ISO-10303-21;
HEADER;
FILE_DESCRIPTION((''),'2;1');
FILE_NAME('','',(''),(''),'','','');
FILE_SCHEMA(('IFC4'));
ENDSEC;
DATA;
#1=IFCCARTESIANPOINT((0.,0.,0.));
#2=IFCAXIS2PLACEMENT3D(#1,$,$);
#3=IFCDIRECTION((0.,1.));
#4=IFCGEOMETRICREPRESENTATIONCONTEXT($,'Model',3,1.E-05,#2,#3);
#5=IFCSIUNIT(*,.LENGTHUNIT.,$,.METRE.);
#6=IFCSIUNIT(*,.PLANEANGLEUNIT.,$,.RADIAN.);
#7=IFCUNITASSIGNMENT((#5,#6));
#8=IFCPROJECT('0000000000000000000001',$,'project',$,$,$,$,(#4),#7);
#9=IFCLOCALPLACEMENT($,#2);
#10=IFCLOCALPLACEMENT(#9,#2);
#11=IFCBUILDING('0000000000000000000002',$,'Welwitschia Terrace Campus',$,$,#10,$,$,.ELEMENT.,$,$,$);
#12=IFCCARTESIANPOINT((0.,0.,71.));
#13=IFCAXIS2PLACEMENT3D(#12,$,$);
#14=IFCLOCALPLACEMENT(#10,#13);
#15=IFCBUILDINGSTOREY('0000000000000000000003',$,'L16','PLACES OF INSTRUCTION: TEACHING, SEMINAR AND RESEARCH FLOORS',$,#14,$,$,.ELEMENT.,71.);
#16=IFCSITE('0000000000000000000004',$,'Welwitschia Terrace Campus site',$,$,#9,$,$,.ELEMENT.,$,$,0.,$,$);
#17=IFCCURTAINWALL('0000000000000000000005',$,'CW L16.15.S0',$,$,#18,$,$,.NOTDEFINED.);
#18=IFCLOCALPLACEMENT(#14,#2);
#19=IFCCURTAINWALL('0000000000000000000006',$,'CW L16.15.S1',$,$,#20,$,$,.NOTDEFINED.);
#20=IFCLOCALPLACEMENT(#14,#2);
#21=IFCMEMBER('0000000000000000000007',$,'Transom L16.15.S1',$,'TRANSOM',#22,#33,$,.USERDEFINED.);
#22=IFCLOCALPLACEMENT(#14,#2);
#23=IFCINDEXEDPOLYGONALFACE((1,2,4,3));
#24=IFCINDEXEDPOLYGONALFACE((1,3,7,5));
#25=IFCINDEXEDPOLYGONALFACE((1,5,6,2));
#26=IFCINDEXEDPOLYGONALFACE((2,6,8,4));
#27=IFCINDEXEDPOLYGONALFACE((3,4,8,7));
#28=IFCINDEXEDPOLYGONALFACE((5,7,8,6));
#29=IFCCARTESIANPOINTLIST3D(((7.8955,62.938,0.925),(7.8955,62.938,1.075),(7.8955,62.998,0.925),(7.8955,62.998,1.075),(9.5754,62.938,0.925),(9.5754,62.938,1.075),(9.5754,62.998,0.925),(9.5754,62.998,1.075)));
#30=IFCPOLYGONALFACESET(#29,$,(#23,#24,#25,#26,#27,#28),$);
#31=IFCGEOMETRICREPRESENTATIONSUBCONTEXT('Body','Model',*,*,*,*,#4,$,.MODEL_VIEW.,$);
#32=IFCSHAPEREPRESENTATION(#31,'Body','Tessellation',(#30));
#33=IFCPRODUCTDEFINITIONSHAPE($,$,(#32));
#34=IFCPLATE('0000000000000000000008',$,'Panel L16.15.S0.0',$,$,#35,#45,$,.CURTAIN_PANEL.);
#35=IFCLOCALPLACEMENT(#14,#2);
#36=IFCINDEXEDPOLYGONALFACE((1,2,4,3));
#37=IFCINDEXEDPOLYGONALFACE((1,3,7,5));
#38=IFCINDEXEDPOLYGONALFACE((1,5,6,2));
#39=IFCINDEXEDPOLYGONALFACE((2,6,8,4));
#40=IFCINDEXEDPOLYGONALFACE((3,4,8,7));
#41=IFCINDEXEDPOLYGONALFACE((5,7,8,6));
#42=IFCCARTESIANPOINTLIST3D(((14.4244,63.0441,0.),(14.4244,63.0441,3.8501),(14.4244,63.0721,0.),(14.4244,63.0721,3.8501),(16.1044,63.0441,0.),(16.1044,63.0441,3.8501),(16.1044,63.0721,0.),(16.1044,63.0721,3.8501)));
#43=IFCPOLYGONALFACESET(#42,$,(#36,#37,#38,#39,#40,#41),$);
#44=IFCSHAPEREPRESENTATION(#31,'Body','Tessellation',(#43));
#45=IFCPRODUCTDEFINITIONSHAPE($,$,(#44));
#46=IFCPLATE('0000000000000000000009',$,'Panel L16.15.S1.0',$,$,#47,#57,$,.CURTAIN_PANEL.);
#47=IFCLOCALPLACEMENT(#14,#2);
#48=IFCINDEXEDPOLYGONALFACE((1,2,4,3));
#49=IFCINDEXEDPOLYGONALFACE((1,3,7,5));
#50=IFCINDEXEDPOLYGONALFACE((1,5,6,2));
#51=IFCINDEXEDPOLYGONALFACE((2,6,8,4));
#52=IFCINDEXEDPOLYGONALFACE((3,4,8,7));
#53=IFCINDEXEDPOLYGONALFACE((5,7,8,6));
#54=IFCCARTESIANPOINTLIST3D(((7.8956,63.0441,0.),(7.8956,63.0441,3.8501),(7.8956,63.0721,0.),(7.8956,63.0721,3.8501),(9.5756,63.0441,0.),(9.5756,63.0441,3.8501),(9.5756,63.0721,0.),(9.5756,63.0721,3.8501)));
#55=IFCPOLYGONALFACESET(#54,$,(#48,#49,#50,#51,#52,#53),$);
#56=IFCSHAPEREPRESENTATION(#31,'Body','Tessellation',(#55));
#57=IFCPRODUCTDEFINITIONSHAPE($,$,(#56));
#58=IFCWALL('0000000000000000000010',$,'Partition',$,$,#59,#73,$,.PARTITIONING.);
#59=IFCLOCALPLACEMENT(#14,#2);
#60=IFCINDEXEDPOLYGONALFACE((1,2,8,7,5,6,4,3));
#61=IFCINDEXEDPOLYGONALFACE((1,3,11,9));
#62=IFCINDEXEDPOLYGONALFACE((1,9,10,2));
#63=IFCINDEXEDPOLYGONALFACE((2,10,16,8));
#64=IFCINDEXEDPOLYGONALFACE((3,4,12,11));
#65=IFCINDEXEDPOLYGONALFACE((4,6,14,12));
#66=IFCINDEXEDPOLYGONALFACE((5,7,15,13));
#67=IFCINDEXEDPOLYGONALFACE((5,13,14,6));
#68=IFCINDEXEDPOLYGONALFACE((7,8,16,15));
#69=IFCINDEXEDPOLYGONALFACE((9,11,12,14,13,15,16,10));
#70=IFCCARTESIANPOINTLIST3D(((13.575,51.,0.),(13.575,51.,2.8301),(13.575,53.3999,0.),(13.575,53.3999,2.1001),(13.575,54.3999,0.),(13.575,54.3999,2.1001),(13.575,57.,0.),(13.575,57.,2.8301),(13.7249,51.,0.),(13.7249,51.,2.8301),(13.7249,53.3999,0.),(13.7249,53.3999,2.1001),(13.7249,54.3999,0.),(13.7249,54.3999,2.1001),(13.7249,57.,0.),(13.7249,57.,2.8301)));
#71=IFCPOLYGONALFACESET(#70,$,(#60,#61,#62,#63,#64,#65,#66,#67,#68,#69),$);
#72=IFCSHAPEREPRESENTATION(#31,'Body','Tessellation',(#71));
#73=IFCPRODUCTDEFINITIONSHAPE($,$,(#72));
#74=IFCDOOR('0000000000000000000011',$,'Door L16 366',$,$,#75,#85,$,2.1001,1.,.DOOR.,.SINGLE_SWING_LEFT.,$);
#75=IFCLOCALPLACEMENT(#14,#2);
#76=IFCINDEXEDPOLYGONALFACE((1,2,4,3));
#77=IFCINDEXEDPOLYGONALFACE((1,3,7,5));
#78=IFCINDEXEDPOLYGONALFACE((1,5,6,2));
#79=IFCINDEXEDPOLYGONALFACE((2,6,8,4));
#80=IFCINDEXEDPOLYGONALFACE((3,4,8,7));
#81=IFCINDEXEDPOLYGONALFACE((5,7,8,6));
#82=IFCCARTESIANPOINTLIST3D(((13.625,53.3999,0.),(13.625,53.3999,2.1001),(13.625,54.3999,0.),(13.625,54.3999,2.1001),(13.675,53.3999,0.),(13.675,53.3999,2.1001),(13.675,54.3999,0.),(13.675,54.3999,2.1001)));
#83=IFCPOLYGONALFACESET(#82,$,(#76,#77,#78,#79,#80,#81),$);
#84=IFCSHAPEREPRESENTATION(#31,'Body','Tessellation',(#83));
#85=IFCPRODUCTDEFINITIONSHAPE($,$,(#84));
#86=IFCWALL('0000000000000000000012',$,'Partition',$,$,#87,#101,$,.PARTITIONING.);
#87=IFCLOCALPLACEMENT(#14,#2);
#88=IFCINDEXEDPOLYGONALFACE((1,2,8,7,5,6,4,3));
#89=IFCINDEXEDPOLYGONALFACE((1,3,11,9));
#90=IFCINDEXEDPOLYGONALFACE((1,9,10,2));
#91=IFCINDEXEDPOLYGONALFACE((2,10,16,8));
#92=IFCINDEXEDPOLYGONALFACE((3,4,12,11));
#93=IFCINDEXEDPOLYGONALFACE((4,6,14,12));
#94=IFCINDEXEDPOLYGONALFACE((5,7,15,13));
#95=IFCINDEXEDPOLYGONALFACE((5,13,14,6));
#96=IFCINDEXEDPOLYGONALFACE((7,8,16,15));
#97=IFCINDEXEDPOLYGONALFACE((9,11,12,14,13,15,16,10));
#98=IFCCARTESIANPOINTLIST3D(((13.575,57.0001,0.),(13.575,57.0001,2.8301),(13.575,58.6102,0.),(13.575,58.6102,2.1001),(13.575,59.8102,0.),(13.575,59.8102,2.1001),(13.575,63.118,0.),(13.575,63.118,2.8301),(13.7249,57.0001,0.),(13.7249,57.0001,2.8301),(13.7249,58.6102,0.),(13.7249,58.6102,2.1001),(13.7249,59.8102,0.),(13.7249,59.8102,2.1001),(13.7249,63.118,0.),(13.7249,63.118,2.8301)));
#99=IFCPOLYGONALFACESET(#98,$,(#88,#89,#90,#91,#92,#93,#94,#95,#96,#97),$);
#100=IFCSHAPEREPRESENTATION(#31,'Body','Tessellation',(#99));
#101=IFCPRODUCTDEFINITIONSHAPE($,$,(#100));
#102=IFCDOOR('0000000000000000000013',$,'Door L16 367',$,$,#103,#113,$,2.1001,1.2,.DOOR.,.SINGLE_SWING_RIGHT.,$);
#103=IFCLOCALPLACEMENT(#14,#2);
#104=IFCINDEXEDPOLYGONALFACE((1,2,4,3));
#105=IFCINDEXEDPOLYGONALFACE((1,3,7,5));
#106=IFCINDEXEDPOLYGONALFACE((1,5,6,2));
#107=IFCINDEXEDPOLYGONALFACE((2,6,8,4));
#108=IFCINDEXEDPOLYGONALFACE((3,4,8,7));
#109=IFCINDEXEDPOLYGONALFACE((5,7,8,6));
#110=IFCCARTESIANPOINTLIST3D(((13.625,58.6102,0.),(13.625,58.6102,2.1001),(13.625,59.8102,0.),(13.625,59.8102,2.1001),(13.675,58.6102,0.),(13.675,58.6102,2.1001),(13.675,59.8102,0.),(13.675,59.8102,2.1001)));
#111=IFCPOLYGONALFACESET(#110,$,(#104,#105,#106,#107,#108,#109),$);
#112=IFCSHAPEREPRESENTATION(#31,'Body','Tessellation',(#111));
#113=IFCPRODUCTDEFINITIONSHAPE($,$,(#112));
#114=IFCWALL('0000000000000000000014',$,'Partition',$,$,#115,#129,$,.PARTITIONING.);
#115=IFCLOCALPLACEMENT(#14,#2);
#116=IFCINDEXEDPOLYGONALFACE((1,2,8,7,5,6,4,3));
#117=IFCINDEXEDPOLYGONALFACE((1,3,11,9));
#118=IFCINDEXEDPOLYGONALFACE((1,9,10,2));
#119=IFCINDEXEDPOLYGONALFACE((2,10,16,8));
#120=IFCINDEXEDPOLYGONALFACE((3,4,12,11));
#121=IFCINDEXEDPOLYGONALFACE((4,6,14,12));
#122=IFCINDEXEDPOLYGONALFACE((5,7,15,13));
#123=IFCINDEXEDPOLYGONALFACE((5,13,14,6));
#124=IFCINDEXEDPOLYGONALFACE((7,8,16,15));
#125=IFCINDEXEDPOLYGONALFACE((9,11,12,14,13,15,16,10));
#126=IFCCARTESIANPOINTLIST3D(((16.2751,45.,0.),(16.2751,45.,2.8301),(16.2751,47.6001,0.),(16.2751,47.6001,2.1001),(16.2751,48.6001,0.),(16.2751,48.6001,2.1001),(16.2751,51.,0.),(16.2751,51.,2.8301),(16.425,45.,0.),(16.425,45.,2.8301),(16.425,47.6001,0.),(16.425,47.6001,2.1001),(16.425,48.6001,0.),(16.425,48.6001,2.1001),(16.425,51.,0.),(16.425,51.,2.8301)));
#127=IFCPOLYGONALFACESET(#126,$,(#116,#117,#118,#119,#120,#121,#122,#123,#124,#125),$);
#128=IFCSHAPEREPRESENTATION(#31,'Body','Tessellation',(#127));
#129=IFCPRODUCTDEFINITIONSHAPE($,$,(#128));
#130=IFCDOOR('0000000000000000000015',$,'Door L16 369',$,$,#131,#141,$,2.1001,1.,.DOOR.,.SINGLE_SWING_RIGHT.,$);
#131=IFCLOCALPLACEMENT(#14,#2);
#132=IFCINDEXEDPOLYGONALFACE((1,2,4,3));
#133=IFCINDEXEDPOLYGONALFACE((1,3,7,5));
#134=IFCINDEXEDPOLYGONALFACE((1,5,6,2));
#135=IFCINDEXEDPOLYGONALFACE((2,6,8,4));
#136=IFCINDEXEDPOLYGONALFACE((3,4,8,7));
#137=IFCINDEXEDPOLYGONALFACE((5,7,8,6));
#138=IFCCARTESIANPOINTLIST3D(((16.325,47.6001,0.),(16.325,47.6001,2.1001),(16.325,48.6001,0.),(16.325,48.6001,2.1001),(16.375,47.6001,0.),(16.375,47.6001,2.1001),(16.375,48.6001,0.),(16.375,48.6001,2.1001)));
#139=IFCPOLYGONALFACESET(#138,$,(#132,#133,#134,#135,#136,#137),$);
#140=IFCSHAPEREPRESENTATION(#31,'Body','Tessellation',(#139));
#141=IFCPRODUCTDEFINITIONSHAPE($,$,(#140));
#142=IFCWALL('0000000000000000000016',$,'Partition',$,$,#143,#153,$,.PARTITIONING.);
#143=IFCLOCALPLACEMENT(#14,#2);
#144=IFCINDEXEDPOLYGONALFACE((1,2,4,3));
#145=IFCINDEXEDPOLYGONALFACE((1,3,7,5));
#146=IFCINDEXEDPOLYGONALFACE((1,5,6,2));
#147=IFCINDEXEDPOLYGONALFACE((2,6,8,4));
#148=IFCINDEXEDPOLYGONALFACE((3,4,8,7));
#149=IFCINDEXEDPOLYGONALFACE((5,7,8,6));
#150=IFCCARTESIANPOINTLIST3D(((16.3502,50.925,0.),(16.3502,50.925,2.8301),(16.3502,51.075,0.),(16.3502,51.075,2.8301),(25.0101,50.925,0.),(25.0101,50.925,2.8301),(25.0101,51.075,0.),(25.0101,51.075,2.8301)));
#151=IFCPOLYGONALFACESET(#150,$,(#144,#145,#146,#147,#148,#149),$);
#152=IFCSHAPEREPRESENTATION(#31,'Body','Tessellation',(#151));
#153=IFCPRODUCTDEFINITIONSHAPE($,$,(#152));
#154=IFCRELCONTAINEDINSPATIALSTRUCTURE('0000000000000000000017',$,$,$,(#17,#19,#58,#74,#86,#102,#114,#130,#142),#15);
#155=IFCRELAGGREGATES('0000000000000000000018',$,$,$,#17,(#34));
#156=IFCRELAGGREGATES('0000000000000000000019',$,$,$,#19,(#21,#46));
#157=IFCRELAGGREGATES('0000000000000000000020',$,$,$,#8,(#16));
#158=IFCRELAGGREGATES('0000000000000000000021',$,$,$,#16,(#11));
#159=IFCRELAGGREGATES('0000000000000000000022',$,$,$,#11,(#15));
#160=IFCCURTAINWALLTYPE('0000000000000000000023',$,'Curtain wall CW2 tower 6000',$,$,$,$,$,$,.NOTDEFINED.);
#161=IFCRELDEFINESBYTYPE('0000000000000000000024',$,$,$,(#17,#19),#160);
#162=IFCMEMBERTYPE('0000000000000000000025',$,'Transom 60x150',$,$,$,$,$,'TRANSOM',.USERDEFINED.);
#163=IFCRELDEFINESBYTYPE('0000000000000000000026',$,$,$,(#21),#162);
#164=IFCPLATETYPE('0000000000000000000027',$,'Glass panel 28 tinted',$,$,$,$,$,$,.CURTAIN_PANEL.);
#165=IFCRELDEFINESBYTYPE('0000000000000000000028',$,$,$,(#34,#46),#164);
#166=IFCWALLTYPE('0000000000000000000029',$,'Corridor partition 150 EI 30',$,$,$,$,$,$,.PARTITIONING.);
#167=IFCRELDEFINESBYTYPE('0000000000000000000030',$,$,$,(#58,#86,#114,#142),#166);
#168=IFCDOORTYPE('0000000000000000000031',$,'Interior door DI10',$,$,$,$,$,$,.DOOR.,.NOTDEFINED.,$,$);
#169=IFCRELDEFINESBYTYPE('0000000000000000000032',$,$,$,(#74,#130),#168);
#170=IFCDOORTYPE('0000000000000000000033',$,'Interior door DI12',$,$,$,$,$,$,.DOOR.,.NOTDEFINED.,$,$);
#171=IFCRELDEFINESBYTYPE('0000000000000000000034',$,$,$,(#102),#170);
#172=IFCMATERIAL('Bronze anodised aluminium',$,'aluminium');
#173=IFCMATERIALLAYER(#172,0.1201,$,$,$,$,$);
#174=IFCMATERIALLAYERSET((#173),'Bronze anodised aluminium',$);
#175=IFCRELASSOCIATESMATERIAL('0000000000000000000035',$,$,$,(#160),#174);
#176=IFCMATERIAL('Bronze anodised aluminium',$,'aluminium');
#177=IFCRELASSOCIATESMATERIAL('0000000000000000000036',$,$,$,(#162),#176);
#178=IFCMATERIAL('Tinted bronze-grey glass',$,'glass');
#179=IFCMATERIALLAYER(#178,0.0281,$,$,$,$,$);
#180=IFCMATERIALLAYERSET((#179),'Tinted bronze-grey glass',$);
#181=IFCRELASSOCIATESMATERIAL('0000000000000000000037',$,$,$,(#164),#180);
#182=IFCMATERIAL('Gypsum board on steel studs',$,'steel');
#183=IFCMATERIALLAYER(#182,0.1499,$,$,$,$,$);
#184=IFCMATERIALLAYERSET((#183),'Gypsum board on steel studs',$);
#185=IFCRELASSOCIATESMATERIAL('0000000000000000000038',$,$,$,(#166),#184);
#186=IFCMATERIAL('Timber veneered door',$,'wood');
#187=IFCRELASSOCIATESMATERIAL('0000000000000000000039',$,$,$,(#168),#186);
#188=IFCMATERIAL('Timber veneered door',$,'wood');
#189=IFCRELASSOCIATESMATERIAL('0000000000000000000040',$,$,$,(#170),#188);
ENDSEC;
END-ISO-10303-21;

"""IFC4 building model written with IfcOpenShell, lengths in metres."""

from ifc_helpers import new_model, si_unit, direction, frame, frame_2d, origin, origin_2d, place, context, subcontext, project, spatial, rectangle, extrude, material, layer, layer_set, material_profile, profile_set, type_object, element, fill, aggregate, save


model = new_model("IFC4")

# Units and contexts
model_context = context("Model", 3, precision=1e-05, world=origin(), true_north=direction((0.0, 1.0)))
body_context = subcontext(model_context, "Body", "Model", "MODEL_VIEW")
ifc_project = project(units=[si_unit("LENGTHUNIT", "METRE"), si_unit("PLANEANGLEUNIT", "RADIAN")], contexts=[model_context])

# Site, building, storey
site_placement = place(None, origin())
site = spatial("IfcSite", under=ifc_project, at=site_placement, Name="Welwitschia Terrace Campus site", CompositionType="ELEMENT", RefElevation=0.0)
building_placement = place(site_placement, origin())
building = spatial("IfcBuilding", under=site, at=building_placement, Name="Welwitschia Terrace Campus", CompositionType="ELEMENT")
storey_placement = place(building_placement, frame((0.0, 0.0, 71.0)))
storey = spatial("IfcBuildingStorey", under=building, at=storey_placement, Name="L16", Description="PLACES OF INSTRUCTION: TEACHING, SEMINAR AND RESEARCH FLOORS", CompositionType="ELEMENT", Elevation=71.0)

# Curtain walls
ifc_material_1 = material(Name="Bronze anodised aluminium", Category="aluminium")
ifc_layer_1 = layer(ifc_material_1, 0.1201)
ifc_layer_set_1 = layer_set([ifc_layer_1], Name="Bronze anodised aluminium")
curtain_wall_type = type_object("IfcCurtainWallType", Name="Curtain wall CW2 tower 6000", PredefinedType="NOTDEFINED", material=ifc_layer_set_1)
curtain_wall_1_placement = place(storey_placement, origin())
curtain_wall_1 = element("IfcCurtainWall", 1, at=curtain_wall_1_placement, inside=storey, type_object=curtain_wall_type, Name="CW L16.15.S0", PredefinedType="NOTDEFINED")
curtain_wall_2_placement = place(storey_placement, origin())
curtain_wall_2 = element("IfcCurtainWall", 2, at=curtain_wall_2_placement, inside=storey, type_object=curtain_wall_type, Name="CW L16.15.S1", PredefinedType="NOTDEFINED")

# Member
ifc_material_2 = material(Name="Bronze anodised aluminium", Category="aluminium")
ifc_material_profile_1 = material_profile(ifc_material_2, rectangle(XDim=0.0601, YDim=0.1499, at=origin_2d()))
ifc_profile_set_1 = profile_set([ifc_material_profile_1], Name="Bronze anodised aluminium")
member_type_1 = type_object("IfcMemberType", Name="Transom 60x150", ElementType="TRANSOM", PredefinedType="USERDEFINED", material=ifc_profile_set_1)
member_1_placement = place(storey_placement, frame((9.5754, 62.968, 1.0), z_axis=(-1.0, 0.0, 0.0), x_axis=(0.0, -1.0, 0.0)))
member_1 = element("IfcMember", 3, at=member_1_placement, type_object=member_type_1, Name="Transom L16.15.S1", ObjectType="TRANSOM", PredefinedType="USERDEFINED", context=body_context, shape_type="SweptSolid", body=[
    extrude(rectangle(XDim=0.0601, YDim=0.1499, at=origin_2d()), origin(), (0.0, 0.0, 1.0), 1.6799),
])

# Plates
ifc_material_3 = material(Name="Tinted bronze-grey glass", Category="glass")
ifc_layer_2 = layer(ifc_material_3, 0.0281)
ifc_layer_set_2 = layer_set([ifc_layer_2], Name="Tinted bronze-grey glass")
plate_type = type_object("IfcPlateType", Name="Glass panel 28 tinted", PredefinedType="CURTAIN_PANEL", material=ifc_layer_set_2)
plate_1_placement = place(storey_placement, frame((15.2644, 63.0581, 0.0), z_axis=(0.0, 0.0, 1.0), x_axis=(-1.0, 0.0, 0.0)))
plate_1 = element("IfcPlate", 4, at=plate_1_placement, type_object=plate_type, Name="Panel L16.15.S0.0", PredefinedType="CURTAIN_PANEL", context=body_context, shape_type="SweptSolid", body=[
    extrude(rectangle(XDim=1.6799, YDim=0.0281, at=origin_2d()), origin(), (0.0, 0.0, 1.0), 3.8501),
])
aggregate(curtain_wall_1, [plate_1])
plate_2_placement = place(storey_placement, frame((8.7356, 63.0581, 0.0), z_axis=(0.0, 0.0, 1.0), x_axis=(-1.0, 0.0, 0.0)))
plate_2 = element("IfcPlate", 5, at=plate_2_placement, type_object=plate_type, Name="Panel L16.15.S1.0", PredefinedType="CURTAIN_PANEL", context=body_context, shape_type="SweptSolid", body=[
    extrude(rectangle(XDim=1.6799, YDim=0.0281, at=origin_2d()), origin(), (0.0, 0.0, 1.0), 3.8501),
])
aggregate(curtain_wall_2, [member_1, plate_2])

# Walls, openings, doors
ifc_material_4 = material(Name="Gypsum board on steel studs", Category="steel")
ifc_layer_3 = layer(ifc_material_4, 0.1499)
ifc_layer_set_3 = layer_set([ifc_layer_3], Name="Gypsum board on steel studs")
wall_type_1 = type_object("IfcWallType", Name="Corridor partition 150 EI 30", PredefinedType="PARTITIONING", material=ifc_layer_set_3)
wall_1_placement = place(storey_placement, frame((13.6499, 51.0, 0.0), z_axis=(0.0, 0.0, 1.0), x_axis=(0.0, 1.0, 0.0)))
wall_1 = element("IfcWall", 6, at=wall_1_placement, inside=storey, type_object=wall_type_1, Name="Partition", PredefinedType="PARTITIONING", context=body_context, shape_type="SweptSolid", body=[
    extrude(rectangle(XDim=6.0, YDim=0.1499, at=frame_2d((3.0, 0.0))), origin(), (0.0, 0.0, 1.0), 2.8301),
])
opening_1_placement = place(wall_1_placement, frame((2.3999, 0.0, 0.0)))
opening_1 = element("IfcOpeningElement", 7, at=opening_1_placement, cuts=wall_1, PredefinedType="OPENING", context=body_context, shape_type="SweptSolid", body=[
    extrude(rectangle(XDim=1.0, YDim=2.1001, at=frame_2d((0.5, 1.05))), frame((0.0, 0.085, 0.0), z_axis=(0.0, -1.0, 0.0), x_axis=(1.0, 0.0, 0.0)), (0.0, 0.0, 1.0), 0.1699),
])
ifc_material_5 = material(Name="Timber veneered door", Category="wood")
door_type_1 = type_object("IfcDoorType", Name="Interior door DI10", OperationType="NOTDEFINED", PredefinedType="DOOR", material=ifc_material_5)
door_1_placement = place(opening_1_placement, origin())
door_1 = element("IfcDoor", 8, at=door_1_placement, inside=storey, type_object=door_type_1, Name="Door L16 366", OperationType="SINGLE_SWING_LEFT", OverallHeight=2.1001, OverallWidth=1.0, PredefinedType="DOOR", context=body_context, shape_type="SweptSolid", body=[
    extrude(rectangle(XDim=1.0, YDim=2.1001, at=frame_2d((0.5, 1.05))), frame((0.0, 0.0249, 0.0), z_axis=(0.0, -1.0, 0.0), x_axis=(1.0, 0.0, 0.0)), (0.0, 0.0, 1.0), 0.05),
])
fill(opening_1, door_1)
wall_2_placement = place(storey_placement, frame((13.6499, 57.0, 0.0), z_axis=(0.0, 0.0, 1.0), x_axis=(0.0, 1.0, 0.0)))
wall_2 = element("IfcWall", 9, at=wall_2_placement, inside=storey, type_object=wall_type_1, Name="Partition", PredefinedType="PARTITIONING", context=body_context, shape_type="SweptSolid", body=[
    extrude(rectangle(XDim=6.1179, YDim=0.1499, at=frame_2d((3.0591, 0.0))), origin(), (0.0, 0.0, 1.0), 2.8301),
])
opening_2_placement = place(wall_2_placement, frame((1.6101, 0.0, 0.0)))
opening_2 = element("IfcOpeningElement", 10, at=opening_2_placement, cuts=wall_2, PredefinedType="OPENING", context=body_context, shape_type="SweptSolid", body=[
    extrude(rectangle(XDim=1.2, YDim=2.1001, at=frame_2d((0.6001, 1.05))), frame((0.0, 0.085, 0.0), z_axis=(0.0, -1.0, 0.0), x_axis=(1.0, 0.0, 0.0)), (0.0, 0.0, 1.0), 0.1699),
])
ifc_material_6 = material(Name="Timber veneered door", Category="wood")
door_type_2 = type_object("IfcDoorType", Name="Interior door DI12", OperationType="NOTDEFINED", PredefinedType="DOOR", material=ifc_material_6)
door_2_placement = place(opening_2_placement, origin())
door_2 = element("IfcDoor", 11, at=door_2_placement, inside=storey, type_object=door_type_2, Name="Door L16 367", OperationType="SINGLE_SWING_RIGHT", OverallHeight=2.1001, OverallWidth=1.2, PredefinedType="DOOR", context=body_context, shape_type="SweptSolid", body=[
    extrude(rectangle(XDim=1.2, YDim=2.1001, at=frame_2d((0.6001, 1.05))), frame((0.0, 0.0249, 0.0), z_axis=(0.0, -1.0, 0.0), x_axis=(1.0, 0.0, 0.0)), (0.0, 0.0, 1.0), 0.05),
])
fill(opening_2, door_2)
wall_3_placement = place(storey_placement, frame((16.3501, 51.0, 0.0), z_axis=(0.0, 0.0, 1.0), x_axis=(0.0, -1.0, 0.0)))
wall_3 = element("IfcWall", 12, at=wall_3_placement, inside=storey, type_object=wall_type_1, Name="Partition", PredefinedType="PARTITIONING", context=body_context, shape_type="SweptSolid", body=[
    extrude(rectangle(XDim=6.0, YDim=0.1499, at=frame_2d((3.0, 0.0))), origin(), (0.0, 0.0, 1.0), 2.8301),
])
opening_3_placement = place(wall_3_placement, frame((2.3999, 0.0, 0.0)))
opening_3 = element("IfcOpeningElement", 13, at=opening_3_placement, cuts=wall_3, PredefinedType="OPENING", context=body_context, shape_type="SweptSolid", body=[
    extrude(rectangle(XDim=1.0, YDim=2.1001, at=frame_2d((0.5, 1.05))), frame((0.0, 0.085, 0.0), z_axis=(0.0, -1.0, 0.0), x_axis=(1.0, 0.0, 0.0)), (0.0, 0.0, 1.0), 0.1699),
])
door_3_placement = place(opening_3_placement, origin())
door_3 = element("IfcDoor", 14, at=door_3_placement, inside=storey, type_object=door_type_1, Name="Door L16 369", OperationType="SINGLE_SWING_RIGHT", OverallHeight=2.1001, OverallWidth=1.0, PredefinedType="DOOR", context=body_context, shape_type="SweptSolid", body=[
    extrude(rectangle(XDim=1.0, YDim=2.1001, at=frame_2d((0.5, 1.05))), frame((0.0, 0.0249, 0.0), z_axis=(0.0, -1.0, 0.0), x_axis=(1.0, 0.0, 0.0)), (0.0, 0.0, 1.0), 0.05),
])
fill(opening_3, door_3)

# Wall
wall_4_placement = place(storey_placement, frame((16.3501, 51.0, 0.0), z_axis=(0.0, 0.0, 1.0), x_axis=(1.0, 0.0, 0.0)))
element("IfcWall", 15, at=wall_4_placement, inside=storey, type_object=wall_type_1, Name="Partition", PredefinedType="PARTITIONING", context=body_context, shape_type="SweptSolid", body=[
    extrude(rectangle(XDim=8.6599, YDim=0.1499, at=frame_2d((4.3301, 0.0))), origin(), (0.0, 0.0, 1.0), 2.8301),
])

save(model, "model.ifc")
